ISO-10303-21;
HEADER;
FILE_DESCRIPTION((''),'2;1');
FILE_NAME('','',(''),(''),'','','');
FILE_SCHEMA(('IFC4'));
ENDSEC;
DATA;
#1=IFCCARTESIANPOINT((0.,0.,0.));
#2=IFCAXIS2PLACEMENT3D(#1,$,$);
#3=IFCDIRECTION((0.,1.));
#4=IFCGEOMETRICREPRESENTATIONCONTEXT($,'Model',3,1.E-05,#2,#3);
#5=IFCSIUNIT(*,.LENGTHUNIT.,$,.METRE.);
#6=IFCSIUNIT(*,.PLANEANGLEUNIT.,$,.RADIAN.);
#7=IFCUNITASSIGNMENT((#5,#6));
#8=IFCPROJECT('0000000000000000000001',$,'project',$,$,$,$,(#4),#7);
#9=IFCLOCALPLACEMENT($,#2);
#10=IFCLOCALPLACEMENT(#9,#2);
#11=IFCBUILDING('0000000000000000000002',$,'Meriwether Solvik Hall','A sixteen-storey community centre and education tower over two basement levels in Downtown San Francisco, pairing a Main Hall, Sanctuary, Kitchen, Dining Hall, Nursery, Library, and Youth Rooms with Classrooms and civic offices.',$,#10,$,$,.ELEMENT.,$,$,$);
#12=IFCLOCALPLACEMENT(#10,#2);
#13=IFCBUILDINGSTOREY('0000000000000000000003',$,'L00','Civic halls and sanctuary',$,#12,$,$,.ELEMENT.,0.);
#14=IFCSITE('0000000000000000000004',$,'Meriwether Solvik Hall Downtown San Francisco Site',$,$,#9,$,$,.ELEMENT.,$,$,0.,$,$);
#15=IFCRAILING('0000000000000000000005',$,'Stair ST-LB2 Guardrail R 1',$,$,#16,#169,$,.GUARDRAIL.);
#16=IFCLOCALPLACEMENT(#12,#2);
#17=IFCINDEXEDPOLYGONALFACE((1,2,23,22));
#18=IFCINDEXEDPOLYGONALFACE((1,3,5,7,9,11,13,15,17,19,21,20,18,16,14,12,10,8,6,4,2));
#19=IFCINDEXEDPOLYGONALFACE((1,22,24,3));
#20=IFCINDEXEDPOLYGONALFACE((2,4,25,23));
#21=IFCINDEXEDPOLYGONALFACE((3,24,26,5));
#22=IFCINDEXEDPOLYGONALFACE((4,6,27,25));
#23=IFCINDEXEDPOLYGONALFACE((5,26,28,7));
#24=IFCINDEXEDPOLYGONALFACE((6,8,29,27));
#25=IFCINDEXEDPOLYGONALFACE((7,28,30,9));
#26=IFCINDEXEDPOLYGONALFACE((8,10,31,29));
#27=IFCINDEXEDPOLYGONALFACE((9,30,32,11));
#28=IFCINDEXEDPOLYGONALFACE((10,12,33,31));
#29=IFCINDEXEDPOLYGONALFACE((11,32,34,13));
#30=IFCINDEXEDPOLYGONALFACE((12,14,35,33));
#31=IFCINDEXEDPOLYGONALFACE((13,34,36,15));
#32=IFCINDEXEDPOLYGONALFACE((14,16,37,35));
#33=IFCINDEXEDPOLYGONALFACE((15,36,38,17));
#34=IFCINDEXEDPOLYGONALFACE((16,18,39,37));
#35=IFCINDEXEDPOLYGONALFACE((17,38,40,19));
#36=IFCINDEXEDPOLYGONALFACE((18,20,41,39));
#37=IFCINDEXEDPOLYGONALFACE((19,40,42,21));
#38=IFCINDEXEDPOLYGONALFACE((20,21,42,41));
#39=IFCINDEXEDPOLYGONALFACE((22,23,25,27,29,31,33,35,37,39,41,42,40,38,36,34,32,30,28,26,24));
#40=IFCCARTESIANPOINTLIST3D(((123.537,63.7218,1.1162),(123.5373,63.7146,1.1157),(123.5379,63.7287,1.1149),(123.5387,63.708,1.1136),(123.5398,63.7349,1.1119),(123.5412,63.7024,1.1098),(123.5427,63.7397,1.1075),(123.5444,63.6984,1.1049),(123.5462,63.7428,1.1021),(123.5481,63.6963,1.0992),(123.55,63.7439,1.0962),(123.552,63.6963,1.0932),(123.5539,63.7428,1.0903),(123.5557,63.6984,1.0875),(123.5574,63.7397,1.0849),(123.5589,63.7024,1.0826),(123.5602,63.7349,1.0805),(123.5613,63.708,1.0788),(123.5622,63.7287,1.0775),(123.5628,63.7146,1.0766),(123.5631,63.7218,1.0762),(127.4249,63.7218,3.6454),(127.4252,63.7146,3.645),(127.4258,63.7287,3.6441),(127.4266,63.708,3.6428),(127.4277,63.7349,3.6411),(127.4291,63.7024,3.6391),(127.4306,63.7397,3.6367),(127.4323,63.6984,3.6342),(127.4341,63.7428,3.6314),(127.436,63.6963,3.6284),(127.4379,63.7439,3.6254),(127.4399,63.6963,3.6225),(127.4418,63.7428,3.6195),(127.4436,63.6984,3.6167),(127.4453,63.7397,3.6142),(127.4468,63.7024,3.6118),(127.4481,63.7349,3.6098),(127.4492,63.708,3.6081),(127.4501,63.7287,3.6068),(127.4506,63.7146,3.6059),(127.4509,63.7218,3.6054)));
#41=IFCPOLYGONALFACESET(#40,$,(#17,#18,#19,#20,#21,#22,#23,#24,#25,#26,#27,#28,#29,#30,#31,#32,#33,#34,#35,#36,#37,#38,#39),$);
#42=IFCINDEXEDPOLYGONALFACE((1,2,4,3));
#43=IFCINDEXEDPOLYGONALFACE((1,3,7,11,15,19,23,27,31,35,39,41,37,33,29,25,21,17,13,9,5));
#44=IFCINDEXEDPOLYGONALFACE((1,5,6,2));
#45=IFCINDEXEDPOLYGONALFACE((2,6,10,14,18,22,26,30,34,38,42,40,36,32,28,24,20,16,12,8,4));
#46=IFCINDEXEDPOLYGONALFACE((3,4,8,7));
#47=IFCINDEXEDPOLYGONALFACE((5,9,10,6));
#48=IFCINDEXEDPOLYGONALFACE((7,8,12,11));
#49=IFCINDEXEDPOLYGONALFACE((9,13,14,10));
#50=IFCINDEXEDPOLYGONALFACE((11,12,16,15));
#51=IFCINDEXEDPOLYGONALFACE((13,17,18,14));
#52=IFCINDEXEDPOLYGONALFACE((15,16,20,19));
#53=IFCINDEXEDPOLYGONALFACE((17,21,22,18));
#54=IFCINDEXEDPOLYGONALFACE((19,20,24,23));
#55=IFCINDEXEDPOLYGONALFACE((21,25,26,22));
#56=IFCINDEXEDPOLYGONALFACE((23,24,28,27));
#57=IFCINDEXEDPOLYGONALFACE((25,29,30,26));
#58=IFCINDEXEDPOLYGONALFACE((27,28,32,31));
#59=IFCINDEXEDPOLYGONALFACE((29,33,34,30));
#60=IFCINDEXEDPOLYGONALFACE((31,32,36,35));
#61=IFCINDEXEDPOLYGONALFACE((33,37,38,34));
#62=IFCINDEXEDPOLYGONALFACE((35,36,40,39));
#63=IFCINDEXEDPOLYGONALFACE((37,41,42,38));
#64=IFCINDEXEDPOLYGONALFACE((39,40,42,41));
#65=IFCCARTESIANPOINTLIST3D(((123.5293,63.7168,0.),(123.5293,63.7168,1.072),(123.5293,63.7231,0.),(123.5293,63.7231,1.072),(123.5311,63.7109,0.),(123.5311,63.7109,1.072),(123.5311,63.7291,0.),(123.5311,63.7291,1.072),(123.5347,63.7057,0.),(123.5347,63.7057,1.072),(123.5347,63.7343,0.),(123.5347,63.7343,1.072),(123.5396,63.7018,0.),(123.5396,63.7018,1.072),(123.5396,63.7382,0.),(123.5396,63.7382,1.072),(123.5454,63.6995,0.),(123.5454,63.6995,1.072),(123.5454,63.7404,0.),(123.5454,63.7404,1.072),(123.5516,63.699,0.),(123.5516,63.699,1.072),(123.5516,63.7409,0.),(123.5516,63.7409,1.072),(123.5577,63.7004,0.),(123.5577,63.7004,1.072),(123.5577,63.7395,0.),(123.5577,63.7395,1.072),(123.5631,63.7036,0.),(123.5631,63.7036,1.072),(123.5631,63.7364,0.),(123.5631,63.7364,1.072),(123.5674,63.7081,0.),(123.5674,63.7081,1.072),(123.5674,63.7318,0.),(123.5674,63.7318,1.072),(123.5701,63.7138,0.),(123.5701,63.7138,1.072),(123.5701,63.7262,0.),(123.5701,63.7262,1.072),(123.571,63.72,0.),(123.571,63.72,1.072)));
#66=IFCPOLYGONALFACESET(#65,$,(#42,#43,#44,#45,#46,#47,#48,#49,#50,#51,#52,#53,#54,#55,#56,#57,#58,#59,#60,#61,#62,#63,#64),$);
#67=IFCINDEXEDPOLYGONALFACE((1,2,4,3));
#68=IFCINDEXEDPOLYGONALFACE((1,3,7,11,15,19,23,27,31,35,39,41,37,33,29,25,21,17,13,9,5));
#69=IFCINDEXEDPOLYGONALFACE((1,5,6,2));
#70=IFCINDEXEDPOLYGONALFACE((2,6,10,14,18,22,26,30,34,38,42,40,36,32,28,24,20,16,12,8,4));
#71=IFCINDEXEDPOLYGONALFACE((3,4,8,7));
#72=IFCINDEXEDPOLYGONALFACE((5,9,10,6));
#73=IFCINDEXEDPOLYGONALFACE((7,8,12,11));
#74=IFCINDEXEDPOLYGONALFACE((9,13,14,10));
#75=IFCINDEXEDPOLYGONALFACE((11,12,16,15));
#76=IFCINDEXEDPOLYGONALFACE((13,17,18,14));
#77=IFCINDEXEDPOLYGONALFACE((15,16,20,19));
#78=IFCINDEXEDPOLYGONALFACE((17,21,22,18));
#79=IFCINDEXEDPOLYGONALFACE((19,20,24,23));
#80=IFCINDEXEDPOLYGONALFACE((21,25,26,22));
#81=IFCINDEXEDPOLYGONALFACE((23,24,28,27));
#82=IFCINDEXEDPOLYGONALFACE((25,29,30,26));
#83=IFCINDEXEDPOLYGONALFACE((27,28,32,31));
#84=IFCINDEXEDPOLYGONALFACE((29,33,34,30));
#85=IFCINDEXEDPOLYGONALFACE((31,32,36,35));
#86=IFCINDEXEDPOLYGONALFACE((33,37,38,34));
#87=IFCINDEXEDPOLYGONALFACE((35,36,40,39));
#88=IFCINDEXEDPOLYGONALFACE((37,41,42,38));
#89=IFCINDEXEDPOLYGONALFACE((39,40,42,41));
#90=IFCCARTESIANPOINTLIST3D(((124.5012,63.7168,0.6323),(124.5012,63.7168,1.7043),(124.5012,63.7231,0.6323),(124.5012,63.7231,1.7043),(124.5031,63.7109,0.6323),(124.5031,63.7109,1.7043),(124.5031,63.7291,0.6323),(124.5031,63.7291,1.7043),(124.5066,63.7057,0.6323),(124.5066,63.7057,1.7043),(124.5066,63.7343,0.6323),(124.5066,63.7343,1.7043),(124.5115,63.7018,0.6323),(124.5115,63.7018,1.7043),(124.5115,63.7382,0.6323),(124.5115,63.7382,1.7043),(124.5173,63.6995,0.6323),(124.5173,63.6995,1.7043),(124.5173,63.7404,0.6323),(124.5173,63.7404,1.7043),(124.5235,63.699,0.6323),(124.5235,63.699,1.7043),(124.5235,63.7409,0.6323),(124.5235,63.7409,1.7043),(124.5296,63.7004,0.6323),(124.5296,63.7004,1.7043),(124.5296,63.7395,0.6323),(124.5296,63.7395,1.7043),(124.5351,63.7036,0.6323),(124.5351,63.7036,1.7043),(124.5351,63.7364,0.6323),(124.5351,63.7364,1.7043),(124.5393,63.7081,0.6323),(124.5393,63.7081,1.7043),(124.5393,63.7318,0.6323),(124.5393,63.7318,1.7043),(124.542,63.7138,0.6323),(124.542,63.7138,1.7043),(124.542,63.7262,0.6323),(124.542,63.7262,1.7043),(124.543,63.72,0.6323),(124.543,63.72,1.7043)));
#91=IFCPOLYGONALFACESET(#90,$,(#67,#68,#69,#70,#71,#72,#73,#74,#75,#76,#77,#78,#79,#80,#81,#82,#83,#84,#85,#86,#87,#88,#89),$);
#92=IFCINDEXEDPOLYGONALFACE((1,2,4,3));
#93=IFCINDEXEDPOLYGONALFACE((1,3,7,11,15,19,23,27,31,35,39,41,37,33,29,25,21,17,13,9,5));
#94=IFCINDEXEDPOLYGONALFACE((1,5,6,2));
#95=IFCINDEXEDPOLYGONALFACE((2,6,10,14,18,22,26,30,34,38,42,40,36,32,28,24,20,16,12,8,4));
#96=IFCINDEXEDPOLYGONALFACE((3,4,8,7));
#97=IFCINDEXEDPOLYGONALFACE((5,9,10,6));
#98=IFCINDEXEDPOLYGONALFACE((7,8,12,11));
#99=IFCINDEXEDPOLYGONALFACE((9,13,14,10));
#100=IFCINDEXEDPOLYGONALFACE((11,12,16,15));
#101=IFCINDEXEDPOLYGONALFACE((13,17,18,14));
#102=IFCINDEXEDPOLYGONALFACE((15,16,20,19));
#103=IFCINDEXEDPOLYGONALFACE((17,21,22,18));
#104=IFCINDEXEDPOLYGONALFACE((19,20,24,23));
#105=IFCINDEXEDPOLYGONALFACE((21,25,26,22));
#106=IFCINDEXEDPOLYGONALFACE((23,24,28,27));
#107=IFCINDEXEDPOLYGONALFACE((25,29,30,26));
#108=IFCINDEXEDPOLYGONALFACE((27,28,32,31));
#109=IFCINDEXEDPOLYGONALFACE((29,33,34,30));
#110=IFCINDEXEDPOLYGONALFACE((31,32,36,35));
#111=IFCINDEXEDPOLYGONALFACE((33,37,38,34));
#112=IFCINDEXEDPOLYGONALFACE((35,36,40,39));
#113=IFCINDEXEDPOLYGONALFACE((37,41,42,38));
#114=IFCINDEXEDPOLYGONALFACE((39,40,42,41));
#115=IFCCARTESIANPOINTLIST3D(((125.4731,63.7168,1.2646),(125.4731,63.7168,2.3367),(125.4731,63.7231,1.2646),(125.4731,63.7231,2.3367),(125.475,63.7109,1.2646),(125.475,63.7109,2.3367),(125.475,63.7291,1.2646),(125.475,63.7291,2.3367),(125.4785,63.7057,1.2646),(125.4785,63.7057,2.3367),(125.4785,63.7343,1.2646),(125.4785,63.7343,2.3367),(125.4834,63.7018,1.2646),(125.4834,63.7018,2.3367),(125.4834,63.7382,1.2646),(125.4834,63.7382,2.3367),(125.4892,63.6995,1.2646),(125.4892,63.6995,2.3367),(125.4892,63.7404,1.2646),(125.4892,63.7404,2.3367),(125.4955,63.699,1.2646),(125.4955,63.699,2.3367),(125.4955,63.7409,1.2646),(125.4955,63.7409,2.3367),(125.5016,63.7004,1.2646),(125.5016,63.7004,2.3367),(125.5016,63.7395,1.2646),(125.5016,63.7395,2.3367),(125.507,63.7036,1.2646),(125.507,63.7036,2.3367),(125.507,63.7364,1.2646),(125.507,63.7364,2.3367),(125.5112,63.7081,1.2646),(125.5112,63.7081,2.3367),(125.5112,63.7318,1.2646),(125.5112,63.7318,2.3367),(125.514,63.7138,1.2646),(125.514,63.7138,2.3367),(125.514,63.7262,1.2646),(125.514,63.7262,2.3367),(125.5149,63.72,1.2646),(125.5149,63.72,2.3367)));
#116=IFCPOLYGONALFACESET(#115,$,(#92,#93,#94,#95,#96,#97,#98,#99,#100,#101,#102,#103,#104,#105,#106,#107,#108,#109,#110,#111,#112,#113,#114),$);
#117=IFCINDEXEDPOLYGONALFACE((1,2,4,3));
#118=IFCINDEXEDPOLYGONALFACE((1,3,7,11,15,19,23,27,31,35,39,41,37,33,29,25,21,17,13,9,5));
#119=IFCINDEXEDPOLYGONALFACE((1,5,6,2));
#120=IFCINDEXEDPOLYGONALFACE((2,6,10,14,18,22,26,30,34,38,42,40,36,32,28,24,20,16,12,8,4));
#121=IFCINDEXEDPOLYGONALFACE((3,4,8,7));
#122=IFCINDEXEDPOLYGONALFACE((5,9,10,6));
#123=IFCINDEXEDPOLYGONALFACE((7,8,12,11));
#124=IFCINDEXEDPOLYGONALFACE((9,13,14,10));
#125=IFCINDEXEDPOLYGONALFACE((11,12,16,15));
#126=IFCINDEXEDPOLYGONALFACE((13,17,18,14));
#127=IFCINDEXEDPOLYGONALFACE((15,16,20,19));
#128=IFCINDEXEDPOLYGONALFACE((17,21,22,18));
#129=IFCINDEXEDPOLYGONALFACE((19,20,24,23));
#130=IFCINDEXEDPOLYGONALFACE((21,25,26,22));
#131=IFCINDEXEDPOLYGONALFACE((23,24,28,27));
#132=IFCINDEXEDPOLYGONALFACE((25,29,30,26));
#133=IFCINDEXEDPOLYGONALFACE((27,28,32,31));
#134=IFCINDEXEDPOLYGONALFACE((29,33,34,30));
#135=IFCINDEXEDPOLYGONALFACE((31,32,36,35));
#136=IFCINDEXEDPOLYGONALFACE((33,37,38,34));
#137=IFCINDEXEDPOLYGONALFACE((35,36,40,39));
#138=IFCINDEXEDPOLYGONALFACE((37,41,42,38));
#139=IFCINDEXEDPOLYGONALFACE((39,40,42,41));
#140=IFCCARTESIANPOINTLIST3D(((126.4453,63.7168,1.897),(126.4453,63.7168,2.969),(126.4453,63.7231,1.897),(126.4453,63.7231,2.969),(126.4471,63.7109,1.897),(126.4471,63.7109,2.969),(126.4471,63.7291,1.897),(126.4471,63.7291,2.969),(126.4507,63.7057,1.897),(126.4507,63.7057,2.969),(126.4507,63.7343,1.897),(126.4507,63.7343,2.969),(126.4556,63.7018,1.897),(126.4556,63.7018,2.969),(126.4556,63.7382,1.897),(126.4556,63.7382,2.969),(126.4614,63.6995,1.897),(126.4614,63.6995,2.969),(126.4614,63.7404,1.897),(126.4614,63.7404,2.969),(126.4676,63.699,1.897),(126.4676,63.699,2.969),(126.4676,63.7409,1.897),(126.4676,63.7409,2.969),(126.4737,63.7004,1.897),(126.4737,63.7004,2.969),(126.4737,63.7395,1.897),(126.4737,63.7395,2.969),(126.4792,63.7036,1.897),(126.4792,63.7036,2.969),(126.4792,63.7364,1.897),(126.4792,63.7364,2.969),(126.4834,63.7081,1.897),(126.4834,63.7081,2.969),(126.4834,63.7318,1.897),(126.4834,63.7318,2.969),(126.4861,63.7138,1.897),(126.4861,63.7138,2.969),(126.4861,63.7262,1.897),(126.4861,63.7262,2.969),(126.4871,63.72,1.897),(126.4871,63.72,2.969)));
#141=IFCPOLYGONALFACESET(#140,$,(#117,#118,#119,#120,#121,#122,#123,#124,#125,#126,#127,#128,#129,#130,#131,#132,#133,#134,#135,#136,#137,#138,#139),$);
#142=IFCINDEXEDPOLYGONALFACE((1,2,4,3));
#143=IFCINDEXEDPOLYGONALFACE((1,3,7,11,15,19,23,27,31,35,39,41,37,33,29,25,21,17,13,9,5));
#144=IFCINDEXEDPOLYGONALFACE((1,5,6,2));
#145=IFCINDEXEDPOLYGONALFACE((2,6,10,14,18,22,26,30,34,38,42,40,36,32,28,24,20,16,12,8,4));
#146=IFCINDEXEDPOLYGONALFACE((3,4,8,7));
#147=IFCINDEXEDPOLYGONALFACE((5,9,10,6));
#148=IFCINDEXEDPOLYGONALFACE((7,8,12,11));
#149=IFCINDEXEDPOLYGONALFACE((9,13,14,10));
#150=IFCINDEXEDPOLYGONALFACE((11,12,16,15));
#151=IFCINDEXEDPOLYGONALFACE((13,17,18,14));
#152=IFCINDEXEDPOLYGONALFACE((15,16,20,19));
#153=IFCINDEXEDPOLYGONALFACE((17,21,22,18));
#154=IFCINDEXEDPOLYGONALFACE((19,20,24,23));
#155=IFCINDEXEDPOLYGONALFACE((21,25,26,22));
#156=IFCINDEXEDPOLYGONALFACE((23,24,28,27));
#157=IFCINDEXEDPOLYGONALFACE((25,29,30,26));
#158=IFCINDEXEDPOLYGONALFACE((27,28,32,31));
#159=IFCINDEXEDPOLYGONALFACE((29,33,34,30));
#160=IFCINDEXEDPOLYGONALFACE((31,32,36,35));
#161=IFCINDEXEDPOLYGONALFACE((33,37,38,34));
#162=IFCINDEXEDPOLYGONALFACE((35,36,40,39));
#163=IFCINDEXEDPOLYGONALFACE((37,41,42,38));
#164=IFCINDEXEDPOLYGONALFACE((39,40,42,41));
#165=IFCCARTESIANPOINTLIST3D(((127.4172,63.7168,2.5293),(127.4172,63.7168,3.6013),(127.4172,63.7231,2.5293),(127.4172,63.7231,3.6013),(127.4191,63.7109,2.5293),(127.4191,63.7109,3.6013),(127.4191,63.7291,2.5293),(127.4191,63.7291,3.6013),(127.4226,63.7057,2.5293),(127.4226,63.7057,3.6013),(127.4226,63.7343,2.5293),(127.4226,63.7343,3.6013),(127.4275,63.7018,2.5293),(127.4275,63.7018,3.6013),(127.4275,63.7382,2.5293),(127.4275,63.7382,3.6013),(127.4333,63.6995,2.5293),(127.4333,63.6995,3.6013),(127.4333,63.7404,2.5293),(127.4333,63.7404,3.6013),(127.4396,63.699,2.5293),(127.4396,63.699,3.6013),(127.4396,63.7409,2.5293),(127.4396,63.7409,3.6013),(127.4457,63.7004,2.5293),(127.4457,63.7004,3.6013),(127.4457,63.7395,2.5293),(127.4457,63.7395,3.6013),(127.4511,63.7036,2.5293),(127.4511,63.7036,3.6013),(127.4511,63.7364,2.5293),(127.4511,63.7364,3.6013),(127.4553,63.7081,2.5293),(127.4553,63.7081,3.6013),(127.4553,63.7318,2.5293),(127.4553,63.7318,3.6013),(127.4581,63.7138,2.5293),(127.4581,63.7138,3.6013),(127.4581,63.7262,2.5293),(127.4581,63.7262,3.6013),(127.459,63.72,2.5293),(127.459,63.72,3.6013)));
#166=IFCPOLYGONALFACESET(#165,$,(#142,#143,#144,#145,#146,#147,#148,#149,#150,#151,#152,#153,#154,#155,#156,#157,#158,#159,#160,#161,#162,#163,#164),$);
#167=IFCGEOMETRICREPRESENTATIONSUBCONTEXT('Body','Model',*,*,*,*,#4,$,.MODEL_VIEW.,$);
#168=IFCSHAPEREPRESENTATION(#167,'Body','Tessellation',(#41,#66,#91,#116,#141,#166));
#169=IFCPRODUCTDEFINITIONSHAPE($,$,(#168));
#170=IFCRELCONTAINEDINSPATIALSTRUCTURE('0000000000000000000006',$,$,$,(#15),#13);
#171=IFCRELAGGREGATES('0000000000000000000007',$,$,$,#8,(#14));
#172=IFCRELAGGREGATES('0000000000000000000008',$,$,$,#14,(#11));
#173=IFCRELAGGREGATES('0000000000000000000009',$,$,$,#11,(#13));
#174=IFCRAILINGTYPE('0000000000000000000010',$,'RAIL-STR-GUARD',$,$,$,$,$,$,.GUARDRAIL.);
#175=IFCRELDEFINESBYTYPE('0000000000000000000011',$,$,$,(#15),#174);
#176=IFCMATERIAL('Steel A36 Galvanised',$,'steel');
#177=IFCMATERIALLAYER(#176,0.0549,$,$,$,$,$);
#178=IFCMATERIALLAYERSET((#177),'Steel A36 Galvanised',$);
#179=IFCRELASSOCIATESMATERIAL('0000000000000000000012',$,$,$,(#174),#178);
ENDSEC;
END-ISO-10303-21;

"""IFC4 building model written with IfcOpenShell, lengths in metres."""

from ifc_helpers import new_model, si_unit, direction, frame, origin, origin_2d, place, context, subcontext, project, spatial, circle, extrude, material, layer, layer_set, type_object, element, save


model = new_model("IFC4")

# Units and contexts
model_context = context("Model", 3, precision=1e-05, world=origin(), true_north=direction((0.0, 1.0)))
body_context = subcontext(model_context, "Body", "Model", "MODEL_VIEW")
ifc_project = project(units=[si_unit("LENGTHUNIT", "METRE"), si_unit("PLANEANGLEUNIT", "RADIAN")], contexts=[model_context])

# Site, building, storey
site_placement = place(None, origin())
site = spatial("IfcSite", under=ifc_project, at=site_placement, Name="Meriwether Solvik Hall Downtown San Francisco Site", CompositionType="ELEMENT", RefElevation=0.0)
building_placement = place(site_placement, origin())
building = spatial("IfcBuilding", under=site, at=building_placement, Name="Meriwether Solvik Hall", Description="A sixteen-storey community centre and education tower over two basement levels in Downtown San Francisco, pairing a Main Hall, Sanctuary, Kitchen, Dining Hall, Nursery, Library, and Youth Rooms with Classrooms and civic offices.", CompositionType="ELEMENT")
storey_placement = place(building_placement, origin())
storey = spatial("IfcBuildingStorey", under=building, at=storey_placement, Name="L00", Description="Civic halls and sanctuary", CompositionType="ELEMENT", Elevation=0.0)

# Railing
ifc_material_1 = material(Name="Steel A36 Galvanised", Category="steel")
ifc_layer_1 = layer(ifc_material_1, 0.0549)
ifc_layer_set_1 = layer_set([ifc_layer_1], Name="Steel A36 Galvanised")
railing_type_1 = type_object("IfcRailingType", Name="RAIL-STR-GUARD", PredefinedType="GUARDRAIL", material=ifc_layer_set_1)
for number, where, name in (
    (1, (123.55, 63.72, 0.0), "Stair ST-LB2 Guardrail R 1"),
):
    element("IfcRailing", number, at=place(storey_placement, frame(where)), inside=storey, type_object=railing_type_1, Name=name, PredefinedType="GUARDRAIL", context=body_context, shape_type="SweptSolid", body=[
        extrude(circle(Radius=0.0239, at=origin_2d()), frame((0.0, 0.0, 1.0962), z_axis=(0.838233, 0.0, 0.545312), x_axis=(0.0, 1.0, 0.0)), (0.0, 0.0, 1.0), 4.6382),
        extrude(circle(Radius=0.021, at=origin_2d()), origin(), (0.0, 0.0, 1.0), 1.072),
        extrude(circle(Radius=0.021, at=origin_2d()), frame((0.9719, 0.0, 0.6323)), (0.0, 0.0, 1.0), 1.072),
        extrude(circle(Radius=0.021, at=origin_2d()), frame((1.9438, 0.0, 1.2646)), (0.0, 0.0, 1.0), 1.072),
        extrude(circle(Radius=0.021, at=origin_2d()), frame((2.916, 0.0, 1.897)), (0.0, 0.0, 1.0), 1.072),
        extrude(circle(Radius=0.021, at=origin_2d()), frame((3.8879, 0.0, 2.5293)), (0.0, 0.0, 1.0), 1.072),
    ])

save(model, "model.ifc")
